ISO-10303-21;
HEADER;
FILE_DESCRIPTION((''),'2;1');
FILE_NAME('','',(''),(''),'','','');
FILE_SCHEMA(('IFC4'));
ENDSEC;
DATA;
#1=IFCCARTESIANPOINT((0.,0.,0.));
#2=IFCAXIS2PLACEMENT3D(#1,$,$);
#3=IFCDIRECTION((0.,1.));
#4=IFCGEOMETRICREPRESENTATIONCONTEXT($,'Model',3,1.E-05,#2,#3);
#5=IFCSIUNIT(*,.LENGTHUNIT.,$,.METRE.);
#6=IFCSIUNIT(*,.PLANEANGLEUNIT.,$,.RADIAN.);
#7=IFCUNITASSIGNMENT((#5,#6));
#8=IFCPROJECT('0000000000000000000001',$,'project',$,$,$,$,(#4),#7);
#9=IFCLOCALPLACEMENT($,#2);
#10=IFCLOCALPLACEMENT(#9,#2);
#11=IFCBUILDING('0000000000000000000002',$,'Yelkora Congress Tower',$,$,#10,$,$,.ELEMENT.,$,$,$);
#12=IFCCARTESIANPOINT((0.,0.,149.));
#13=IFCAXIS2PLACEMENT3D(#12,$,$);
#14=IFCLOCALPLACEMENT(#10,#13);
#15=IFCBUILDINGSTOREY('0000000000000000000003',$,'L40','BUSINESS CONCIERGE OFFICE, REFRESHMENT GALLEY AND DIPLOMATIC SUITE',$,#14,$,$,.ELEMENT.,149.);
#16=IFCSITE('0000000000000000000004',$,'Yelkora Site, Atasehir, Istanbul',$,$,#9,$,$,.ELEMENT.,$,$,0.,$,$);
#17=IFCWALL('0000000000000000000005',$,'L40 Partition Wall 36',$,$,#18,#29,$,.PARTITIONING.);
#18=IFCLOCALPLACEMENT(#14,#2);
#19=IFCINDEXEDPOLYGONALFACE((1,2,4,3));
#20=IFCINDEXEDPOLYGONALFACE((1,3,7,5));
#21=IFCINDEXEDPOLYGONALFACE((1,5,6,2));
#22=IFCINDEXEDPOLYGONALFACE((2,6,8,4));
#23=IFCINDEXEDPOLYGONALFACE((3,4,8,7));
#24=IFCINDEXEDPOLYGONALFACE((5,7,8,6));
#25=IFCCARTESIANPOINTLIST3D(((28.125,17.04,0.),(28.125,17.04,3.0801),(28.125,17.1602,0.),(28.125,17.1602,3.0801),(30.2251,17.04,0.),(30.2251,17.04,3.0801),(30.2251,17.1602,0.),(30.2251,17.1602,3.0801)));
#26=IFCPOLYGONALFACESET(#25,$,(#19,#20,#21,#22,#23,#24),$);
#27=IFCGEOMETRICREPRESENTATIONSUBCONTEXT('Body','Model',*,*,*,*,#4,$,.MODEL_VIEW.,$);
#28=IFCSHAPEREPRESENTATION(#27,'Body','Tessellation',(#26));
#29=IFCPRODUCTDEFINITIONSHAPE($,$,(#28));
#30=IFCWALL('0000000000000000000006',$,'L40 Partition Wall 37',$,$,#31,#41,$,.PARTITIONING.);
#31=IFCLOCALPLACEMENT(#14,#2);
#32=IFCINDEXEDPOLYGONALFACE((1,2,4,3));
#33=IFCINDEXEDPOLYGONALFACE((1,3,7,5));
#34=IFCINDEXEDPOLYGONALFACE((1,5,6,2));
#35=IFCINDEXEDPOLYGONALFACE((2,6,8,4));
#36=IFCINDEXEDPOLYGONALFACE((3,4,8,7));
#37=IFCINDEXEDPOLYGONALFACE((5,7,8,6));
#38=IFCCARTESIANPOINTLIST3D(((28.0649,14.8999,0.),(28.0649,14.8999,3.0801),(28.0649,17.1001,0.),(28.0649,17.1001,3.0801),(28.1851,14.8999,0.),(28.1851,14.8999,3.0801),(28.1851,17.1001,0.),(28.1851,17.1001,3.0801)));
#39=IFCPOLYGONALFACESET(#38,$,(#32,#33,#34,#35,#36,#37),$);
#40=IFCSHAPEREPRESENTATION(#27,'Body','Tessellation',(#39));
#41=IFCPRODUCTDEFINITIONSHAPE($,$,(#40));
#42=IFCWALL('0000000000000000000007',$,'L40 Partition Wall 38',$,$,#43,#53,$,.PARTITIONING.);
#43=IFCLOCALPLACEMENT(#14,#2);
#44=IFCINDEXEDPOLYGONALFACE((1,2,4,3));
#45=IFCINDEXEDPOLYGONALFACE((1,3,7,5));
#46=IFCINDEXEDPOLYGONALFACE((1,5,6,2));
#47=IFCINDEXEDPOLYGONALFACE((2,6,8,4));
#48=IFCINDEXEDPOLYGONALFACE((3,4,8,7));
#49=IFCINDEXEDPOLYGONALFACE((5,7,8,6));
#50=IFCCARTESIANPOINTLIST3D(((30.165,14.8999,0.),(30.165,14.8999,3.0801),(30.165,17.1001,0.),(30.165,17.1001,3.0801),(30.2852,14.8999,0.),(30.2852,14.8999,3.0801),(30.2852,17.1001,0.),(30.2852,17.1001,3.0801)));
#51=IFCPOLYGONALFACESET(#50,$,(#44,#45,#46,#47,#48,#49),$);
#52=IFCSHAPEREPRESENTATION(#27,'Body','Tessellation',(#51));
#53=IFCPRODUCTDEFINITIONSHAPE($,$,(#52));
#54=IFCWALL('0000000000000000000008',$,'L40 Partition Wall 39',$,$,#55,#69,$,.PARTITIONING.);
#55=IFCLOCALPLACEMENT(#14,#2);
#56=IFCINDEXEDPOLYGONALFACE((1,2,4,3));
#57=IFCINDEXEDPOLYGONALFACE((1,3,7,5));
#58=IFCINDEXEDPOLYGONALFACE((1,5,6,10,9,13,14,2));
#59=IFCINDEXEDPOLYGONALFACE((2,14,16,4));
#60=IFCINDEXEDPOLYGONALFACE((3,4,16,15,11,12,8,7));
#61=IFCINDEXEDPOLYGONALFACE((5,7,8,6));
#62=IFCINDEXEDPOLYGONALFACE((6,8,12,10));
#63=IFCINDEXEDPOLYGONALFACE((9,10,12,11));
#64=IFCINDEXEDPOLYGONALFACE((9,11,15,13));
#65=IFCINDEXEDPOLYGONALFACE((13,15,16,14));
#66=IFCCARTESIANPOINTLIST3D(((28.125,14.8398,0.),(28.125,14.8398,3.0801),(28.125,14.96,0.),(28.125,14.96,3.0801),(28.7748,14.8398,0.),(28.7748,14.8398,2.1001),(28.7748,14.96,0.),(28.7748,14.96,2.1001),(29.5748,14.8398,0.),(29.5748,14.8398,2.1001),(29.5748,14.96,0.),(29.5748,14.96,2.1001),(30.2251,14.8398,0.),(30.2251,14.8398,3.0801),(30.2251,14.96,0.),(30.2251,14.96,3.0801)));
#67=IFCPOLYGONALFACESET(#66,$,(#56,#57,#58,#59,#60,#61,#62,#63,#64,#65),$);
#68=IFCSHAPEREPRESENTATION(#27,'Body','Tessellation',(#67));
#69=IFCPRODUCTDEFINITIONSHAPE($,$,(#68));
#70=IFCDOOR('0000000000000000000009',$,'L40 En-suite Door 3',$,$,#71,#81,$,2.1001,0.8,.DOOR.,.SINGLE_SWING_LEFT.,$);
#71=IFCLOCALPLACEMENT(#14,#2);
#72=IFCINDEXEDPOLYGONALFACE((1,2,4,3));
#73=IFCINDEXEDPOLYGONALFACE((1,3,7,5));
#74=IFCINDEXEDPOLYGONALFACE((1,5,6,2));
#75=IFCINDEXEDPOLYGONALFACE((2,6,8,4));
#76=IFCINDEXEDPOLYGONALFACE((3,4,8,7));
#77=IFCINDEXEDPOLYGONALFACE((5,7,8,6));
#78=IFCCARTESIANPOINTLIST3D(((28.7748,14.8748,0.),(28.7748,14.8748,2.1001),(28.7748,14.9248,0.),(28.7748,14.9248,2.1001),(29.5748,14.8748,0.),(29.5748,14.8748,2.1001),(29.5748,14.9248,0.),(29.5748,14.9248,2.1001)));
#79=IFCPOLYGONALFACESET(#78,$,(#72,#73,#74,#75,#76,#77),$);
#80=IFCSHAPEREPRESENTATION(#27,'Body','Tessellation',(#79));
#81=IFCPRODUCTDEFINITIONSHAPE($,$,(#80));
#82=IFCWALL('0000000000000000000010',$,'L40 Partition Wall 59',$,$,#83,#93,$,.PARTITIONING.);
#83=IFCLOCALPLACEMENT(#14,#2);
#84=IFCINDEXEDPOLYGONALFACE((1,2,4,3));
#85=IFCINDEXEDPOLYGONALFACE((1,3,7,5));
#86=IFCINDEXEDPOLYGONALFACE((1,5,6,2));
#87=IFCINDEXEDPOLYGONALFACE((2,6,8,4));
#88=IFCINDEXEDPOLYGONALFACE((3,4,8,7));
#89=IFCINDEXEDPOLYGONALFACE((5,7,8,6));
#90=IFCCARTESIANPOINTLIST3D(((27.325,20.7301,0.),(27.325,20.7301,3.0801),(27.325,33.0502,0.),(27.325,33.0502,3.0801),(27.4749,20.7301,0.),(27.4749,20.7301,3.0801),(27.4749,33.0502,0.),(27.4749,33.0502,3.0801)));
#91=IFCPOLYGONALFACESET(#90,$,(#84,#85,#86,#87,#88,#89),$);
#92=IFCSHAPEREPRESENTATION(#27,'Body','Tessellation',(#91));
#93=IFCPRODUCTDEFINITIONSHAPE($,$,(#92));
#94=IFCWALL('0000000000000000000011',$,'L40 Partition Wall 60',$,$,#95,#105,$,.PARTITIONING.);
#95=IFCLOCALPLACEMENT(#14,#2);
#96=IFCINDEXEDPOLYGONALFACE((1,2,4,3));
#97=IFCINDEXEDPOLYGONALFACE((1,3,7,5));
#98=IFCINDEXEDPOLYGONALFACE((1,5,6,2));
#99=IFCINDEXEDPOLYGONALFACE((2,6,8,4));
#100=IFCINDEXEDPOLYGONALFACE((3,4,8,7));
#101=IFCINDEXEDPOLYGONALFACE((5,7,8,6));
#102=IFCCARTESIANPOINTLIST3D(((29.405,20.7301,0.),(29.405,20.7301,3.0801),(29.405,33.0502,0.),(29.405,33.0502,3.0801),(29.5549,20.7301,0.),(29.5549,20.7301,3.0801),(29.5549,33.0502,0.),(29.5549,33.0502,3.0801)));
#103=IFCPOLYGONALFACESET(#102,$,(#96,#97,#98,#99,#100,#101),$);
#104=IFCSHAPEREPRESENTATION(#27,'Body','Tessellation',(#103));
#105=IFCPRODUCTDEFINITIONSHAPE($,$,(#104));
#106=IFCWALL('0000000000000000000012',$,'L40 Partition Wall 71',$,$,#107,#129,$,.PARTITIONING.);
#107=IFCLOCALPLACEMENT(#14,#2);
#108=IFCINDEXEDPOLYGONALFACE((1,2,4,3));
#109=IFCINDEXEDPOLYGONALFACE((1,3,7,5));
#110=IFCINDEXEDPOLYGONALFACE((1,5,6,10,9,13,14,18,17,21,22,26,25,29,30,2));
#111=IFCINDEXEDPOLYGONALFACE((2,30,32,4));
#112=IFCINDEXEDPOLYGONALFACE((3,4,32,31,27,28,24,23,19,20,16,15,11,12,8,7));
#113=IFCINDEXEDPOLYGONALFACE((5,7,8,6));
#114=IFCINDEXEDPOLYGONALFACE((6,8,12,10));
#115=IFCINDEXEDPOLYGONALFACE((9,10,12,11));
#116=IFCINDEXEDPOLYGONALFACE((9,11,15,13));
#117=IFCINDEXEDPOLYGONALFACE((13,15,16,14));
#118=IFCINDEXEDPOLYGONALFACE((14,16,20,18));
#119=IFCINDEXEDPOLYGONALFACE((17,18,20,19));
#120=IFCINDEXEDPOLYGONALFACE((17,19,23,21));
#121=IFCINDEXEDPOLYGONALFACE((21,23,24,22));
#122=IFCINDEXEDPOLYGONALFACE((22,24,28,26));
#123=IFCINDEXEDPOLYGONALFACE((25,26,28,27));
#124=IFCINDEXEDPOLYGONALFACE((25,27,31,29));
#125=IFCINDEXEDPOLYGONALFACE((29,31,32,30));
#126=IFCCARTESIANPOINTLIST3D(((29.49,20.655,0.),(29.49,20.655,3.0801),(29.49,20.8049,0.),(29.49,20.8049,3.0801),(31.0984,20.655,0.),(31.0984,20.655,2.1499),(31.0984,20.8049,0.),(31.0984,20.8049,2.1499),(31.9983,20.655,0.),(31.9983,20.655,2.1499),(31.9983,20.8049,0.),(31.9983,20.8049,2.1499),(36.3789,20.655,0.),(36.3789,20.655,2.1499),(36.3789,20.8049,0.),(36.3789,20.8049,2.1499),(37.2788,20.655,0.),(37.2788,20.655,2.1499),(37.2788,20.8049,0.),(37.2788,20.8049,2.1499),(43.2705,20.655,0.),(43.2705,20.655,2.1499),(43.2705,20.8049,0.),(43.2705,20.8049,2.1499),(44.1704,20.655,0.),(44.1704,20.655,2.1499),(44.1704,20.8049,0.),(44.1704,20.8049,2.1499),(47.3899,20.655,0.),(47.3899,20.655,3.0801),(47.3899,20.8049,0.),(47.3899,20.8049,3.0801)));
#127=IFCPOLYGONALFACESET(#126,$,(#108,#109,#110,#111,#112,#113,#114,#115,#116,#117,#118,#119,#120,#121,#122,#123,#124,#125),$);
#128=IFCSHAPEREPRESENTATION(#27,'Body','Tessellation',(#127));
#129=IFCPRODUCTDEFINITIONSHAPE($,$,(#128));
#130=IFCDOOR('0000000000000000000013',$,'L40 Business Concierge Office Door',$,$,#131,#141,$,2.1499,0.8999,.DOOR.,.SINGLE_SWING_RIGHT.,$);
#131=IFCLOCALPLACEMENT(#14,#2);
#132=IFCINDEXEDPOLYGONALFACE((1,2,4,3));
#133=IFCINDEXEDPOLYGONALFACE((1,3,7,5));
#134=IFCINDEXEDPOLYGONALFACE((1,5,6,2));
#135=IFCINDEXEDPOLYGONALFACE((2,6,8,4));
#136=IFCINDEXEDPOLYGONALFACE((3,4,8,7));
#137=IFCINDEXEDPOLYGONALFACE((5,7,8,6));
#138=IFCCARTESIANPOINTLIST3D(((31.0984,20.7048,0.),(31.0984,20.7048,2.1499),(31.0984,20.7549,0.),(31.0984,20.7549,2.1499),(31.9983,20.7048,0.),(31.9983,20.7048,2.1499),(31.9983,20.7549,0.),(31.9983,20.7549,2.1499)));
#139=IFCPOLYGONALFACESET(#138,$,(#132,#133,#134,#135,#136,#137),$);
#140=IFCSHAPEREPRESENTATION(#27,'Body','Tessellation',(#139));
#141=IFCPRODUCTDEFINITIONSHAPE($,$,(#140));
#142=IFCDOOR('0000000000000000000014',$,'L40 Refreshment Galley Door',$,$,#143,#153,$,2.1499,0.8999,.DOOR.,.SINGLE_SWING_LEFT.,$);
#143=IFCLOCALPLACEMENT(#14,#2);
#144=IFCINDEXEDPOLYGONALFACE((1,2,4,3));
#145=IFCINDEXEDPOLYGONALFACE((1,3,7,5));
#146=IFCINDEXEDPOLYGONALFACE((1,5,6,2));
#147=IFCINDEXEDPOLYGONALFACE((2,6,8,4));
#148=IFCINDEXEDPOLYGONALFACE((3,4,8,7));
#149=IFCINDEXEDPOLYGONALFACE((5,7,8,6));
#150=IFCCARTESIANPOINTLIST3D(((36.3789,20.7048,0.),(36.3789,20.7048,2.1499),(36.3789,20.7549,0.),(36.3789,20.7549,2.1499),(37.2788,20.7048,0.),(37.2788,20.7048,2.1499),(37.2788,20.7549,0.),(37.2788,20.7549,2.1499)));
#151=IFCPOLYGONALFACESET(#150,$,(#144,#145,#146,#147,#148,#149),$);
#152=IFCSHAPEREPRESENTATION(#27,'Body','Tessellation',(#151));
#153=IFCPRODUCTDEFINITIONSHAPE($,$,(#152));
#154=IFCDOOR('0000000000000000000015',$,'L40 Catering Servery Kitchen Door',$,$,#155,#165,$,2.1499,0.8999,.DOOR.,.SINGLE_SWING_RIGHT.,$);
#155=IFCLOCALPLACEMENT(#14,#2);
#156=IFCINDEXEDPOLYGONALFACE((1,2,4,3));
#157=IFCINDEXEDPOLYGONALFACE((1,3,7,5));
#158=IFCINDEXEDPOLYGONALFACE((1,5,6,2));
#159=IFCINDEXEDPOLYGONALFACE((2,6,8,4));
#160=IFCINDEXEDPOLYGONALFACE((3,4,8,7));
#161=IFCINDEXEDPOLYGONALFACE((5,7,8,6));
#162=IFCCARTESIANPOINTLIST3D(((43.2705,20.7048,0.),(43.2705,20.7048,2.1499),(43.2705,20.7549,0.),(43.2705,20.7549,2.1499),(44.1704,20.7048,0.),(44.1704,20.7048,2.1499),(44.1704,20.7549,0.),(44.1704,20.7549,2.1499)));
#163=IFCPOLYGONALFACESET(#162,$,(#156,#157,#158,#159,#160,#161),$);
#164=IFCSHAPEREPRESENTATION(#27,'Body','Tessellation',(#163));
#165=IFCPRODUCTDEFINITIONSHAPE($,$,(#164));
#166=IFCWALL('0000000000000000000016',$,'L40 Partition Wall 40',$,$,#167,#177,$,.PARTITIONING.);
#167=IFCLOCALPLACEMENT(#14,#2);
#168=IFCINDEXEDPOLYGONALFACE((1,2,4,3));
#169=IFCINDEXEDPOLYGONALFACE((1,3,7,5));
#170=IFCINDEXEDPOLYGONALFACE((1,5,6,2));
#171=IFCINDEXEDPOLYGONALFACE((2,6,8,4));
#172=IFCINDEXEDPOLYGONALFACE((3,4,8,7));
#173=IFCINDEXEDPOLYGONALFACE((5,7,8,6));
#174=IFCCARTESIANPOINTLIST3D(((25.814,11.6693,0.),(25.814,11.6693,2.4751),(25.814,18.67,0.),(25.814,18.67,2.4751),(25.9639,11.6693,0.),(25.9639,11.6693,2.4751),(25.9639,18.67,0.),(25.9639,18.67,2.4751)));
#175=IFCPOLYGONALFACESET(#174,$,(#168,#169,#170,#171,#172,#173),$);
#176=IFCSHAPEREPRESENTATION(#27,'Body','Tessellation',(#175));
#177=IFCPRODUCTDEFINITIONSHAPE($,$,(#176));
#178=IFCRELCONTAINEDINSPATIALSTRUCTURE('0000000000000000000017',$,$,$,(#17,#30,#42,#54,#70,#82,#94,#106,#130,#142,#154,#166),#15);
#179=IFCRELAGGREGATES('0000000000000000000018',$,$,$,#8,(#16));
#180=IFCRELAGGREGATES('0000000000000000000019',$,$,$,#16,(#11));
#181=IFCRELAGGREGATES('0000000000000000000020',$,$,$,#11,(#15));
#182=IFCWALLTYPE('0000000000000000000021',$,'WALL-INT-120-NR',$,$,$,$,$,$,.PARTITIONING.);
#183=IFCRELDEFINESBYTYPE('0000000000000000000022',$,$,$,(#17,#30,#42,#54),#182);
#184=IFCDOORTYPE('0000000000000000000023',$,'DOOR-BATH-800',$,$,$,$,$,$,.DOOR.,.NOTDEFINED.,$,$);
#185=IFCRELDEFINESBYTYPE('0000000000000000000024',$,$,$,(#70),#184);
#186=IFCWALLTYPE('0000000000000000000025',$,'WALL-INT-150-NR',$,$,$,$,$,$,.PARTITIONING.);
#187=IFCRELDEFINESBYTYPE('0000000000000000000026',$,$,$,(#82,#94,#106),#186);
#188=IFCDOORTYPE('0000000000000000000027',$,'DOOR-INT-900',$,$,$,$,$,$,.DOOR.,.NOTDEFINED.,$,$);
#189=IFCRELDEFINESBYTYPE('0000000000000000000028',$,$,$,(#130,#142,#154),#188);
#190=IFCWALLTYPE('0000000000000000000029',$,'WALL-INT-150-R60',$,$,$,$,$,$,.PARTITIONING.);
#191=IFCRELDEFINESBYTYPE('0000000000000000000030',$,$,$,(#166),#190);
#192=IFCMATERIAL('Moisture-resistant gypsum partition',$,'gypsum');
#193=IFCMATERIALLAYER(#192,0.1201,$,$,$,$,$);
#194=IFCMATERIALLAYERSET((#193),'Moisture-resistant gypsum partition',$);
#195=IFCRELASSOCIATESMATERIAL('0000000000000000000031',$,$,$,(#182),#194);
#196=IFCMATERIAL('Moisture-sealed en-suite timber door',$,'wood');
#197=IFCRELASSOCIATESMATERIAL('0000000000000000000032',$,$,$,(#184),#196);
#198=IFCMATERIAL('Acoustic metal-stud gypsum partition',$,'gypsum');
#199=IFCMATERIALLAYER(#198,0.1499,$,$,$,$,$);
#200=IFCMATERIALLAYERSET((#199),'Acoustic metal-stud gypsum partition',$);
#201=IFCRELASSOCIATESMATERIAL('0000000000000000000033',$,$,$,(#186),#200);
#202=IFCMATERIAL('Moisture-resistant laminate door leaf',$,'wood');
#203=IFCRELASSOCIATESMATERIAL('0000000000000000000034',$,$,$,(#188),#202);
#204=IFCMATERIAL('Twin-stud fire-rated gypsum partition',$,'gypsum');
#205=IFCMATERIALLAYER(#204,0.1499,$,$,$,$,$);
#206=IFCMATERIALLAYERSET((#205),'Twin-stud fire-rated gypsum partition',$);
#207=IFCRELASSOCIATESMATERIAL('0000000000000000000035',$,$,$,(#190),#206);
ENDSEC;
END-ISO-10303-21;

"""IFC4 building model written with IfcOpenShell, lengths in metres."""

from ifc_helpers import new_model, si_unit, direction, frame, frame_2d, origin, place, context, subcontext, project, spatial, rectangle, extrude, material, layer, layer_set, type_object, element, fill, save


model = new_model("IFC4")

# Units and contexts
model_context = context("Model", 3, precision=1e-05, world=origin(), true_north=direction((0.0, 1.0)))
body_context = subcontext(model_context, "Body", "Model", "MODEL_VIEW")
ifc_project = project(units=[si_unit("LENGTHUNIT", "METRE"), si_unit("PLANEANGLEUNIT", "RADIAN")], contexts=[model_context])

# Site, building, storey
site_placement = place(None, origin())
site = spatial("IfcSite", under=ifc_project, at=site_placement, Name="Yelkora Site, Atasehir, Istanbul", CompositionType="ELEMENT", RefElevation=0.0)
building_placement = place(site_placement, origin())
building = spatial("IfcBuilding", under=site, at=building_placement, Name="Yelkora Congress Tower", CompositionType="ELEMENT")
storey_placement = place(building_placement, frame((0.0, 0.0, 149.0)))
storey = spatial("IfcBuildingStorey", under=building, at=storey_placement, Name="L40", Description="BUSINESS CONCIERGE OFFICE, REFRESHMENT GALLEY AND DIPLOMATIC SUITE", CompositionType="ELEMENT", Elevation=149.0)

# Walls
ifc_material_1 = material(Name="Moisture-resistant gypsum partition", Category="gypsum")
ifc_layer_1 = layer(ifc_material_1, 0.1201)
ifc_layer_set_1 = layer_set([ifc_layer_1], Name="Moisture-resistant gypsum partition")
wall_type_1 = type_object("IfcWallType", Name="WALL-INT-120-NR", PredefinedType="PARTITIONING", material=ifc_layer_set_1)
wall_1_placement = place(storey_placement, frame((28.125, 17.1001, 0.0), z_axis=(0.0, 0.0, 1.0), x_axis=(1.0, 0.0, 0.0)))
element("IfcWall", 1, at=wall_1_placement, inside=storey, type_object=wall_type_1, Name="L40 Partition Wall 36", PredefinedType="PARTITIONING", context=body_context, shape_type="SweptSolid", body=[
    extrude(rectangle(XDim=2.1001, YDim=0.1201, at=frame_2d((1.05, 0.0))), origin(), (0.0, 0.0, 1.0), 3.0801),
])
for number, where, z_axis, x_axis, name in (
    (2, (28.125, 14.8999, 0.0), (0.0, 0.0, 1.0), (0.0, 1.0, 0.0), "L40 Partition Wall 37"),
    (3, (30.2251, 14.8999, 0.0), (0.0, 0.0, 1.0), (0.0, 1.0, 0.0), "L40 Partition Wall 38"),
):
    element("IfcWall", number, at=place(storey_placement, frame(where, z_axis=z_axis, x_axis=x_axis)), inside=storey, type_object=wall_type_1, Name=name, PredefinedType="PARTITIONING", context=body_context, shape_type="SweptSolid", body=[
        extrude(rectangle(XDim=2.2002, YDim=0.1201, at=frame_2d((1.1001, 0.0))), origin(), (0.0, 0.0, 1.0), 3.0801),
    ])

# Wall, opening, door
wall_2_placement = place(storey_placement, frame((28.125, 14.8999, 0.0), z_axis=(0.0, 0.0, 1.0), x_axis=(1.0, 0.0, 0.0)))
wall_2 = element("IfcWall", 4, at=wall_2_placement, inside=storey, type_object=wall_type_1, Name="L40 Partition Wall 39", PredefinedType="PARTITIONING", context=body_context, shape_type="SweptSolid", body=[
    extrude(rectangle(XDim=2.1001, YDim=0.1201, at=frame_2d((1.05, 0.0))), origin(), (0.0, 0.0, 1.0), 3.0801),
])
opening_1_placement = place(wall_2_placement, frame((0.6499, 0.0, 0.0)))
opening_1 = element("IfcOpeningElement", 5, at=opening_1_placement, cuts=wall_2, PredefinedType="OPENING", context=body_context, shape_type="SweptSolid", body=[
    extrude(rectangle(XDim=0.8, YDim=2.1001, at=frame_2d((0.3999, 1.05))), frame((0.0, 0.0701, 0.0), z_axis=(0.0, -1.0, 0.0), x_axis=(1.0, 0.0, 0.0)), (0.0, 0.0, 1.0), 0.1401),
])
ifc_material_2 = material(Name="Moisture-sealed en-suite timber door", Category="wood")
door_type_1 = type_object("IfcDoorType", Name="DOOR-BATH-800", OperationType="NOTDEFINED", PredefinedType="DOOR", material=ifc_material_2)
door_1_placement = place(opening_1_placement, origin())
door_1 = element("IfcDoor", 6, at=door_1_placement, inside=storey, type_object=door_type_1, Name="L40 En-suite Door 3", OperationType="SINGLE_SWING_LEFT", OverallHeight=2.1001, OverallWidth=0.8, PredefinedType="DOOR", context=body_context, shape_type="SweptSolid", body=[
    extrude(rectangle(XDim=0.8, YDim=2.1001, at=frame_2d((0.3999, 1.05))), frame((0.0, 0.0249, 0.0), z_axis=(0.0, -1.0, 0.0), x_axis=(1.0, 0.0, 0.0)), (0.0, 0.0, 1.0), 0.05),
])
fill(opening_1, door_1)

# Walls
ifc_material_3 = material(Name="Acoustic metal-stud gypsum partition", Category="gypsum")
ifc_layer_2 = layer(ifc_material_3, 0.1499)
ifc_layer_set_2 = layer_set([ifc_layer_2], Name="Acoustic metal-stud gypsum partition")
wall_type_2 = type_object("IfcWallType", Name="WALL-INT-150-NR", PredefinedType="PARTITIONING", material=ifc_layer_set_2)
for number, where, z_axis, x_axis, name in (
    (7, (27.3999, 20.73, 0.0), (0.0, 0.0, 1.0), (0.0, 1.0, 0.0), "L40 Partition Wall 59"),
    (8, (29.48, 20.73, 0.0), (0.0, 0.0, 1.0), (0.0, 1.0, 0.0), "L40 Partition Wall 60"),
):
    element("IfcWall", number, at=place(storey_placement, frame(where, z_axis=z_axis, x_axis=x_axis)), inside=storey, type_object=wall_type_2, Name=name, PredefinedType="PARTITIONING", context=body_context, shape_type="SweptSolid", body=[
        extrude(rectangle(XDim=12.3201, YDim=0.1499, at=frame_2d((6.1602, 0.0))), origin(), (0.0, 0.0, 1.0), 3.0801),
    ])

# Wall, openings, doors
wall_3_placement = place(storey_placement, frame((29.49, 20.73, 0.0), z_axis=(0.0, 0.0, 1.0), x_axis=(1.0, 0.0, 0.0)))
wall_3 = element("IfcWall", 9, at=wall_3_placement, inside=storey, type_object=wall_type_2, Name="L40 Partition Wall 71", PredefinedType="PARTITIONING", context=body_context, shape_type="SweptSolid", body=[
    extrude(rectangle(XDim=17.8999, YDim=0.1499, at=frame_2d((8.95, 0.0))), origin(), (0.0, 0.0, 1.0), 3.0801),
])
opening_2_placement = place(wall_3_placement, frame((1.6084, 0.0, 0.0)))
opening_2 = element("IfcOpeningElement", 10, at=opening_2_placement, cuts=wall_3, PredefinedType="OPENING", context=body_context, shape_type="SweptSolid", body=[
    extrude(rectangle(XDim=0.8999, YDim=2.1499, at=frame_2d((0.45, 1.075))), frame((0.0, 0.085, 0.0), z_axis=(0.0, -1.0, 0.0), x_axis=(1.0, 0.0, 0.0)), (0.0, 0.0, 1.0), 0.1699),
])
opening_3_placement = place(wall_3_placement, frame((6.8889, 0.0, 0.0)))
opening_3 = element("IfcOpeningElement", 11, at=opening_3_placement, cuts=wall_3, PredefinedType="OPENING", context=body_context, shape_type="SweptSolid", body=[
    extrude(rectangle(XDim=0.8999, YDim=2.1499, at=frame_2d((0.45, 1.075))), frame((0.0, 0.085, 0.0), z_axis=(0.0, -1.0, 0.0), x_axis=(1.0, 0.0, 0.0)), (0.0, 0.0, 1.0), 0.1699),
])
opening_4_placement = place(wall_3_placement, frame((13.7805, 0.0, 0.0)))
opening_4 = element("IfcOpeningElement", 12, at=opening_4_placement, cuts=wall_3, PredefinedType="OPENING", context=body_context, shape_type="SweptSolid", body=[
    extrude(rectangle(XDim=0.8999, YDim=2.1499, at=frame_2d((0.45, 1.075))), frame((0.0, 0.085, 0.0), z_axis=(0.0, -1.0, 0.0), x_axis=(1.0, 0.0, 0.0)), (0.0, 0.0, 1.0), 0.1699),
])
ifc_material_4 = material(Name="Moisture-resistant laminate door leaf", Category="wood")
door_type_2 = type_object("IfcDoorType", Name="DOOR-INT-900", OperationType="NOTDEFINED", PredefinedType="DOOR", material=ifc_material_4)
door_2_placement = place(opening_2_placement, origin())
door_2 = element("IfcDoor", 13, at=door_2_placement, inside=storey, type_object=door_type_2, Name="L40 Business Concierge Office Door", OperationType="SINGLE_SWING_RIGHT", OverallHeight=2.1499, OverallWidth=0.8999, PredefinedType="DOOR", context=body_context, shape_type="SweptSolid", body=[
    extrude(rectangle(XDim=0.8999, YDim=2.1499, at=frame_2d((0.45, 1.075))), frame((0.0, 0.0249, 0.0), z_axis=(0.0, -1.0, 0.0), x_axis=(1.0, 0.0, 0.0)), (0.0, 0.0, 1.0), 0.05),
])
fill(opening_2, door_2)
door_3_placement = place(opening_3_placement, origin())
door_3 = element("IfcDoor", 14, at=door_3_placement, inside=storey, type_object=door_type_2, Name="L40 Refreshment Galley Door", OperationType="SINGLE_SWING_LEFT", OverallHeight=2.1499, OverallWidth=0.8999, PredefinedType="DOOR", context=body_context, shape_type="SweptSolid", body=[
    extrude(rectangle(XDim=0.8999, YDim=2.1499, at=frame_2d((0.45, 1.075))), frame((0.0, 0.0249, 0.0), z_axis=(0.0, -1.0, 0.0), x_axis=(1.0, 0.0, 0.0)), (0.0, 0.0, 1.0), 0.05),
])
fill(opening_3, door_3)
door_4_placement = place(opening_4_placement, origin())
door_4 = element("IfcDoor", 15, at=door_4_placement, inside=storey, type_object=door_type_2, Name="L40 Catering Servery Kitchen Door", OperationType="SINGLE_SWING_RIGHT", OverallHeight=2.1499, OverallWidth=0.8999, PredefinedType="DOOR", context=body_context, shape_type="SweptSolid", body=[
    extrude(rectangle(XDim=0.8999, YDim=2.1499, at=frame_2d((0.45, 1.075))), frame((0.0, 0.0249, 0.0), z_axis=(0.0, -1.0, 0.0), x_axis=(1.0, 0.0, 0.0)), (0.0, 0.0, 1.0), 0.05),
])
fill(opening_4, door_4)

# Wall
ifc_material_5 = material(Name="Twin-stud fire-rated gypsum partition", Category="gypsum")
ifc_layer_3 = layer(ifc_material_5, 0.1499)
ifc_layer_set_3 = layer_set([ifc_layer_3], Name="Twin-stud fire-rated gypsum partition")
wall_type_3 = type_object("IfcWallType", Name="WALL-INT-150-R60", PredefinedType="PARTITIONING", material=ifc_layer_set_3)
wall_4_placement = place(storey_placement, frame((25.8889, 11.6692, 0.0), z_axis=(0.0, 0.0, 1.0), x_axis=(0.0, 1.0, 0.0)))
element("IfcWall", 16, at=wall_4_placement, inside=storey, type_object=wall_type_3, Name="L40 Partition Wall 40", PredefinedType="PARTITIONING", context=body_context, shape_type="SweptSolid", body=[
    extrude(rectangle(XDim=7.0007, YDim=0.1499, at=frame_2d((3.5005, 0.0))), origin(), (0.0, 0.0, 1.0), 2.4751),
])

save(model, "model.ifc")
